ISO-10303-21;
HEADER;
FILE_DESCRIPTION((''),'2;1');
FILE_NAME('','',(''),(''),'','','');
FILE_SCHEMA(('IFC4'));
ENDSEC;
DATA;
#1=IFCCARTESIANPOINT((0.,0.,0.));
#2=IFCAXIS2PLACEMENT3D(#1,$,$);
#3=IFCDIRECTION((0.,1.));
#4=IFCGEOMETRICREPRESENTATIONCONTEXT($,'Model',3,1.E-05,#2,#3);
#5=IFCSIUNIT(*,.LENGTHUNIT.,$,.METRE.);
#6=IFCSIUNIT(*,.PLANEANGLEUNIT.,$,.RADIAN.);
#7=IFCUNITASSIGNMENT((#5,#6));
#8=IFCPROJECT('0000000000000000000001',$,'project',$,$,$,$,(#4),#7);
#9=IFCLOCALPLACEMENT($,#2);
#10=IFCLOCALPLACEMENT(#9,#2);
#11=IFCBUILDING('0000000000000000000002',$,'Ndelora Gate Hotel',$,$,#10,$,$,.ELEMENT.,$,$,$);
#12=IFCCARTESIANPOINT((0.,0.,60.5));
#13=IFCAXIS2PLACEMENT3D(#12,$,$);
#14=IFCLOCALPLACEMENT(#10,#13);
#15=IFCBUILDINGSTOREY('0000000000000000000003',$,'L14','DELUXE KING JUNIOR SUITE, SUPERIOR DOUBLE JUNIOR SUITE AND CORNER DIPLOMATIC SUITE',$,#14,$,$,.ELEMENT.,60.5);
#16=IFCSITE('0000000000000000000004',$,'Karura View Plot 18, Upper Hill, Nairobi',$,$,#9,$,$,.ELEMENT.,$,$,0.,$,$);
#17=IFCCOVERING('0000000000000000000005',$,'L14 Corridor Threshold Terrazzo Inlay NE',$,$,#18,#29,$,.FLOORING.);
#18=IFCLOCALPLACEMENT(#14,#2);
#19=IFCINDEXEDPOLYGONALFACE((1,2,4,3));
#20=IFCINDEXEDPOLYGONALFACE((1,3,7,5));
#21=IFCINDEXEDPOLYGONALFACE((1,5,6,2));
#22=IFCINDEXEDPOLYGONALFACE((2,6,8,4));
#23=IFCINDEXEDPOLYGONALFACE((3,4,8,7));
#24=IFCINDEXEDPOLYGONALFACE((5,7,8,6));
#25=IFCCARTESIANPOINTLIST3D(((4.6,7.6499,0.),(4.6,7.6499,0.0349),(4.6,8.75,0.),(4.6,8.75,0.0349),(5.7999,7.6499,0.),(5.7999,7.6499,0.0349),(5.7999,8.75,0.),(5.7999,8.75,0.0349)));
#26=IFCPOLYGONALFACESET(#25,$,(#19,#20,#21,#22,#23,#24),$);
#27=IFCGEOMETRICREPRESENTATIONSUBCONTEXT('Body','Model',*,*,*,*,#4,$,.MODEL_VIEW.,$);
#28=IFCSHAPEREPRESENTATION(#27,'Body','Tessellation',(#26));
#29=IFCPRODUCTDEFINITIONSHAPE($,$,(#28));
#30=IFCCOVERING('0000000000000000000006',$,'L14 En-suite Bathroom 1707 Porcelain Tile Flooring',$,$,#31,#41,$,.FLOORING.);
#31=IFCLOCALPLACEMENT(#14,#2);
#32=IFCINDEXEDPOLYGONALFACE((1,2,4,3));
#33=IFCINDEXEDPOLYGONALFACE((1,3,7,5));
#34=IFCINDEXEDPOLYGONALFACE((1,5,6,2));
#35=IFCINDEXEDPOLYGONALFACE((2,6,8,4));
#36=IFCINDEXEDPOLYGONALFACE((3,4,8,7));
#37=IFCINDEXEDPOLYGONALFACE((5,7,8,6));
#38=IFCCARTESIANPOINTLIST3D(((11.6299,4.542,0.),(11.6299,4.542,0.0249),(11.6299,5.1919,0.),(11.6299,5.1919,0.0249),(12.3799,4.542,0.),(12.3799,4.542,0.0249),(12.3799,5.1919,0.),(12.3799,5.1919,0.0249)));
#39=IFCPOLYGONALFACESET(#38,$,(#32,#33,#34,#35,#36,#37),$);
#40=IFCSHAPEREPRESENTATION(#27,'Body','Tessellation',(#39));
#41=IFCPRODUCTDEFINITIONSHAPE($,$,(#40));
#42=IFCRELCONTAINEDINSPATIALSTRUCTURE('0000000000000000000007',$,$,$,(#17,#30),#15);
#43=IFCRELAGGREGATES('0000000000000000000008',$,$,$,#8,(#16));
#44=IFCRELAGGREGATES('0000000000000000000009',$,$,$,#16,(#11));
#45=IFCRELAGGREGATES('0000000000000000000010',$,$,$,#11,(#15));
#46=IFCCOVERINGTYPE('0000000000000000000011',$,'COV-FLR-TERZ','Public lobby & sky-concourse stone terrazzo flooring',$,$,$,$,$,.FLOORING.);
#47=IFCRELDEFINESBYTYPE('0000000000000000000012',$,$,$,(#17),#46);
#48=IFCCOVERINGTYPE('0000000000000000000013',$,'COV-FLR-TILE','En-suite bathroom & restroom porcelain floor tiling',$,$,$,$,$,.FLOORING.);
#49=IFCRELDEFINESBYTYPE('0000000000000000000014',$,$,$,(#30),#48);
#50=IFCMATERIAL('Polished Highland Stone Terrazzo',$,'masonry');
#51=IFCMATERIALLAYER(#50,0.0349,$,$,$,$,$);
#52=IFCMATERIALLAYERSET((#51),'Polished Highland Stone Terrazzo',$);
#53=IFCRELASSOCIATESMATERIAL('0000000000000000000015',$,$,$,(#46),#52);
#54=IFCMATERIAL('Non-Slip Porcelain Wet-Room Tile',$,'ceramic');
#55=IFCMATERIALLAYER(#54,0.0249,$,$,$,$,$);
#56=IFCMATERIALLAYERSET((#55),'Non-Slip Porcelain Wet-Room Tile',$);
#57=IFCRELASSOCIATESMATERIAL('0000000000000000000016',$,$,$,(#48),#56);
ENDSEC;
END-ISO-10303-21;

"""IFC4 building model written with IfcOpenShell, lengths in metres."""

from ifc_helpers import new_model, si_unit, direction, frame, origin, origin_2d, place, context, subcontext, project, spatial, rectangle, extrude, material, layer, layer_set, type_object, element, save


model = new_model("IFC4")

# Units and contexts
model_context = context("Model", 3, precision=1e-05, world=origin(), true_north=direction((0.0, 1.0)))
body_context = subcontext(model_context, "Body", "Model", "MODEL_VIEW")
ifc_project = project(units=[si_unit("LENGTHUNIT", "METRE"), si_unit("PLANEANGLEUNIT", "RADIAN")], contexts=[model_context])

# Site, building, storey
site_placement = place(None, origin())
site = spatial("IfcSite", under=ifc_project, at=site_placement, Name="Karura View Plot 18, Upper Hill, Nairobi", CompositionType="ELEMENT", RefElevation=0.0)
building_placement = place(site_placement, origin())
building = spatial("IfcBuilding", under=site, at=building_placement, Name="Ndelora Gate Hotel", CompositionType="ELEMENT")
storey_placement = place(building_placement, frame((0.0, 0.0, 60.5)))
storey = spatial("IfcBuildingStorey", under=building, at=storey_placement, Name="L14", Description="DELUXE KING JUNIOR SUITE, SUPERIOR DOUBLE JUNIOR SUITE AND CORNER DIPLOMATIC SUITE", CompositionType="ELEMENT", Elevation=60.5)

# Coverings
ifc_material_1 = material(Name="Polished Highland Stone Terrazzo", Category="masonry")
ifc_layer_1 = layer(ifc_material_1, 0.0349)
ifc_layer_set_1 = layer_set([ifc_layer_1], Name="Polished Highland Stone Terrazzo")
covering_type_1 = type_object("IfcCoveringType", Name="COV-FLR-TERZ", Description="Public lobby & sky-concourse stone terrazzo flooring", PredefinedType="FLOORING", material=ifc_layer_set_1)
covering_1_placement = place(storey_placement, frame((5.2, 8.2, 0.0), z_axis=(0.0, 0.0, 1.0), x_axis=(1.0, 0.0, 0.0)))
element("IfcCovering", 1, at=covering_1_placement, inside=storey, type_object=covering_type_1, Name="L14 Corridor Threshold Terrazzo Inlay NE", PredefinedType="FLOORING", context=body_context, shape_type="SweptSolid", body=[
    extrude(rectangle(XDim=1.2, YDim=1.1001, at=origin_2d()), origin(), (0.0, 0.0, 1.0), 0.0349),
])
ifc_material_2 = material(Name="Non-Slip Porcelain Wet-Room Tile", Category="ceramic")
ifc_layer_2 = layer(ifc_material_2, 0.0249)
ifc_layer_set_2 = layer_set([ifc_layer_2], Name="Non-Slip Porcelain Wet-Room Tile")
covering_type_2 = type_object("IfcCoveringType", Name="COV-FLR-TILE", Description="En-suite bathroom & restroom porcelain floor tiling", PredefinedType="FLOORING", material=ifc_layer_set_2)
covering_2_placement = place(storey_placement, frame((12.0049, 4.8669, 0.0), z_axis=(0.0, 0.0, 1.0), x_axis=(1.0, 0.0, 0.0)))
element("IfcCovering", 2, at=covering_2_placement, inside=storey, type_object=covering_type_2, Name="L14 En-suite Bathroom 1707 Porcelain Tile Flooring", PredefinedType="FLOORING", context=body_context, shape_type="SweptSolid", body=[
    extrude(rectangle(XDim=0.75, YDim=0.6499, at=origin_2d()), origin(), (0.0, 0.0, 1.0), 0.0249),
])

save(model, "model.ifc")
